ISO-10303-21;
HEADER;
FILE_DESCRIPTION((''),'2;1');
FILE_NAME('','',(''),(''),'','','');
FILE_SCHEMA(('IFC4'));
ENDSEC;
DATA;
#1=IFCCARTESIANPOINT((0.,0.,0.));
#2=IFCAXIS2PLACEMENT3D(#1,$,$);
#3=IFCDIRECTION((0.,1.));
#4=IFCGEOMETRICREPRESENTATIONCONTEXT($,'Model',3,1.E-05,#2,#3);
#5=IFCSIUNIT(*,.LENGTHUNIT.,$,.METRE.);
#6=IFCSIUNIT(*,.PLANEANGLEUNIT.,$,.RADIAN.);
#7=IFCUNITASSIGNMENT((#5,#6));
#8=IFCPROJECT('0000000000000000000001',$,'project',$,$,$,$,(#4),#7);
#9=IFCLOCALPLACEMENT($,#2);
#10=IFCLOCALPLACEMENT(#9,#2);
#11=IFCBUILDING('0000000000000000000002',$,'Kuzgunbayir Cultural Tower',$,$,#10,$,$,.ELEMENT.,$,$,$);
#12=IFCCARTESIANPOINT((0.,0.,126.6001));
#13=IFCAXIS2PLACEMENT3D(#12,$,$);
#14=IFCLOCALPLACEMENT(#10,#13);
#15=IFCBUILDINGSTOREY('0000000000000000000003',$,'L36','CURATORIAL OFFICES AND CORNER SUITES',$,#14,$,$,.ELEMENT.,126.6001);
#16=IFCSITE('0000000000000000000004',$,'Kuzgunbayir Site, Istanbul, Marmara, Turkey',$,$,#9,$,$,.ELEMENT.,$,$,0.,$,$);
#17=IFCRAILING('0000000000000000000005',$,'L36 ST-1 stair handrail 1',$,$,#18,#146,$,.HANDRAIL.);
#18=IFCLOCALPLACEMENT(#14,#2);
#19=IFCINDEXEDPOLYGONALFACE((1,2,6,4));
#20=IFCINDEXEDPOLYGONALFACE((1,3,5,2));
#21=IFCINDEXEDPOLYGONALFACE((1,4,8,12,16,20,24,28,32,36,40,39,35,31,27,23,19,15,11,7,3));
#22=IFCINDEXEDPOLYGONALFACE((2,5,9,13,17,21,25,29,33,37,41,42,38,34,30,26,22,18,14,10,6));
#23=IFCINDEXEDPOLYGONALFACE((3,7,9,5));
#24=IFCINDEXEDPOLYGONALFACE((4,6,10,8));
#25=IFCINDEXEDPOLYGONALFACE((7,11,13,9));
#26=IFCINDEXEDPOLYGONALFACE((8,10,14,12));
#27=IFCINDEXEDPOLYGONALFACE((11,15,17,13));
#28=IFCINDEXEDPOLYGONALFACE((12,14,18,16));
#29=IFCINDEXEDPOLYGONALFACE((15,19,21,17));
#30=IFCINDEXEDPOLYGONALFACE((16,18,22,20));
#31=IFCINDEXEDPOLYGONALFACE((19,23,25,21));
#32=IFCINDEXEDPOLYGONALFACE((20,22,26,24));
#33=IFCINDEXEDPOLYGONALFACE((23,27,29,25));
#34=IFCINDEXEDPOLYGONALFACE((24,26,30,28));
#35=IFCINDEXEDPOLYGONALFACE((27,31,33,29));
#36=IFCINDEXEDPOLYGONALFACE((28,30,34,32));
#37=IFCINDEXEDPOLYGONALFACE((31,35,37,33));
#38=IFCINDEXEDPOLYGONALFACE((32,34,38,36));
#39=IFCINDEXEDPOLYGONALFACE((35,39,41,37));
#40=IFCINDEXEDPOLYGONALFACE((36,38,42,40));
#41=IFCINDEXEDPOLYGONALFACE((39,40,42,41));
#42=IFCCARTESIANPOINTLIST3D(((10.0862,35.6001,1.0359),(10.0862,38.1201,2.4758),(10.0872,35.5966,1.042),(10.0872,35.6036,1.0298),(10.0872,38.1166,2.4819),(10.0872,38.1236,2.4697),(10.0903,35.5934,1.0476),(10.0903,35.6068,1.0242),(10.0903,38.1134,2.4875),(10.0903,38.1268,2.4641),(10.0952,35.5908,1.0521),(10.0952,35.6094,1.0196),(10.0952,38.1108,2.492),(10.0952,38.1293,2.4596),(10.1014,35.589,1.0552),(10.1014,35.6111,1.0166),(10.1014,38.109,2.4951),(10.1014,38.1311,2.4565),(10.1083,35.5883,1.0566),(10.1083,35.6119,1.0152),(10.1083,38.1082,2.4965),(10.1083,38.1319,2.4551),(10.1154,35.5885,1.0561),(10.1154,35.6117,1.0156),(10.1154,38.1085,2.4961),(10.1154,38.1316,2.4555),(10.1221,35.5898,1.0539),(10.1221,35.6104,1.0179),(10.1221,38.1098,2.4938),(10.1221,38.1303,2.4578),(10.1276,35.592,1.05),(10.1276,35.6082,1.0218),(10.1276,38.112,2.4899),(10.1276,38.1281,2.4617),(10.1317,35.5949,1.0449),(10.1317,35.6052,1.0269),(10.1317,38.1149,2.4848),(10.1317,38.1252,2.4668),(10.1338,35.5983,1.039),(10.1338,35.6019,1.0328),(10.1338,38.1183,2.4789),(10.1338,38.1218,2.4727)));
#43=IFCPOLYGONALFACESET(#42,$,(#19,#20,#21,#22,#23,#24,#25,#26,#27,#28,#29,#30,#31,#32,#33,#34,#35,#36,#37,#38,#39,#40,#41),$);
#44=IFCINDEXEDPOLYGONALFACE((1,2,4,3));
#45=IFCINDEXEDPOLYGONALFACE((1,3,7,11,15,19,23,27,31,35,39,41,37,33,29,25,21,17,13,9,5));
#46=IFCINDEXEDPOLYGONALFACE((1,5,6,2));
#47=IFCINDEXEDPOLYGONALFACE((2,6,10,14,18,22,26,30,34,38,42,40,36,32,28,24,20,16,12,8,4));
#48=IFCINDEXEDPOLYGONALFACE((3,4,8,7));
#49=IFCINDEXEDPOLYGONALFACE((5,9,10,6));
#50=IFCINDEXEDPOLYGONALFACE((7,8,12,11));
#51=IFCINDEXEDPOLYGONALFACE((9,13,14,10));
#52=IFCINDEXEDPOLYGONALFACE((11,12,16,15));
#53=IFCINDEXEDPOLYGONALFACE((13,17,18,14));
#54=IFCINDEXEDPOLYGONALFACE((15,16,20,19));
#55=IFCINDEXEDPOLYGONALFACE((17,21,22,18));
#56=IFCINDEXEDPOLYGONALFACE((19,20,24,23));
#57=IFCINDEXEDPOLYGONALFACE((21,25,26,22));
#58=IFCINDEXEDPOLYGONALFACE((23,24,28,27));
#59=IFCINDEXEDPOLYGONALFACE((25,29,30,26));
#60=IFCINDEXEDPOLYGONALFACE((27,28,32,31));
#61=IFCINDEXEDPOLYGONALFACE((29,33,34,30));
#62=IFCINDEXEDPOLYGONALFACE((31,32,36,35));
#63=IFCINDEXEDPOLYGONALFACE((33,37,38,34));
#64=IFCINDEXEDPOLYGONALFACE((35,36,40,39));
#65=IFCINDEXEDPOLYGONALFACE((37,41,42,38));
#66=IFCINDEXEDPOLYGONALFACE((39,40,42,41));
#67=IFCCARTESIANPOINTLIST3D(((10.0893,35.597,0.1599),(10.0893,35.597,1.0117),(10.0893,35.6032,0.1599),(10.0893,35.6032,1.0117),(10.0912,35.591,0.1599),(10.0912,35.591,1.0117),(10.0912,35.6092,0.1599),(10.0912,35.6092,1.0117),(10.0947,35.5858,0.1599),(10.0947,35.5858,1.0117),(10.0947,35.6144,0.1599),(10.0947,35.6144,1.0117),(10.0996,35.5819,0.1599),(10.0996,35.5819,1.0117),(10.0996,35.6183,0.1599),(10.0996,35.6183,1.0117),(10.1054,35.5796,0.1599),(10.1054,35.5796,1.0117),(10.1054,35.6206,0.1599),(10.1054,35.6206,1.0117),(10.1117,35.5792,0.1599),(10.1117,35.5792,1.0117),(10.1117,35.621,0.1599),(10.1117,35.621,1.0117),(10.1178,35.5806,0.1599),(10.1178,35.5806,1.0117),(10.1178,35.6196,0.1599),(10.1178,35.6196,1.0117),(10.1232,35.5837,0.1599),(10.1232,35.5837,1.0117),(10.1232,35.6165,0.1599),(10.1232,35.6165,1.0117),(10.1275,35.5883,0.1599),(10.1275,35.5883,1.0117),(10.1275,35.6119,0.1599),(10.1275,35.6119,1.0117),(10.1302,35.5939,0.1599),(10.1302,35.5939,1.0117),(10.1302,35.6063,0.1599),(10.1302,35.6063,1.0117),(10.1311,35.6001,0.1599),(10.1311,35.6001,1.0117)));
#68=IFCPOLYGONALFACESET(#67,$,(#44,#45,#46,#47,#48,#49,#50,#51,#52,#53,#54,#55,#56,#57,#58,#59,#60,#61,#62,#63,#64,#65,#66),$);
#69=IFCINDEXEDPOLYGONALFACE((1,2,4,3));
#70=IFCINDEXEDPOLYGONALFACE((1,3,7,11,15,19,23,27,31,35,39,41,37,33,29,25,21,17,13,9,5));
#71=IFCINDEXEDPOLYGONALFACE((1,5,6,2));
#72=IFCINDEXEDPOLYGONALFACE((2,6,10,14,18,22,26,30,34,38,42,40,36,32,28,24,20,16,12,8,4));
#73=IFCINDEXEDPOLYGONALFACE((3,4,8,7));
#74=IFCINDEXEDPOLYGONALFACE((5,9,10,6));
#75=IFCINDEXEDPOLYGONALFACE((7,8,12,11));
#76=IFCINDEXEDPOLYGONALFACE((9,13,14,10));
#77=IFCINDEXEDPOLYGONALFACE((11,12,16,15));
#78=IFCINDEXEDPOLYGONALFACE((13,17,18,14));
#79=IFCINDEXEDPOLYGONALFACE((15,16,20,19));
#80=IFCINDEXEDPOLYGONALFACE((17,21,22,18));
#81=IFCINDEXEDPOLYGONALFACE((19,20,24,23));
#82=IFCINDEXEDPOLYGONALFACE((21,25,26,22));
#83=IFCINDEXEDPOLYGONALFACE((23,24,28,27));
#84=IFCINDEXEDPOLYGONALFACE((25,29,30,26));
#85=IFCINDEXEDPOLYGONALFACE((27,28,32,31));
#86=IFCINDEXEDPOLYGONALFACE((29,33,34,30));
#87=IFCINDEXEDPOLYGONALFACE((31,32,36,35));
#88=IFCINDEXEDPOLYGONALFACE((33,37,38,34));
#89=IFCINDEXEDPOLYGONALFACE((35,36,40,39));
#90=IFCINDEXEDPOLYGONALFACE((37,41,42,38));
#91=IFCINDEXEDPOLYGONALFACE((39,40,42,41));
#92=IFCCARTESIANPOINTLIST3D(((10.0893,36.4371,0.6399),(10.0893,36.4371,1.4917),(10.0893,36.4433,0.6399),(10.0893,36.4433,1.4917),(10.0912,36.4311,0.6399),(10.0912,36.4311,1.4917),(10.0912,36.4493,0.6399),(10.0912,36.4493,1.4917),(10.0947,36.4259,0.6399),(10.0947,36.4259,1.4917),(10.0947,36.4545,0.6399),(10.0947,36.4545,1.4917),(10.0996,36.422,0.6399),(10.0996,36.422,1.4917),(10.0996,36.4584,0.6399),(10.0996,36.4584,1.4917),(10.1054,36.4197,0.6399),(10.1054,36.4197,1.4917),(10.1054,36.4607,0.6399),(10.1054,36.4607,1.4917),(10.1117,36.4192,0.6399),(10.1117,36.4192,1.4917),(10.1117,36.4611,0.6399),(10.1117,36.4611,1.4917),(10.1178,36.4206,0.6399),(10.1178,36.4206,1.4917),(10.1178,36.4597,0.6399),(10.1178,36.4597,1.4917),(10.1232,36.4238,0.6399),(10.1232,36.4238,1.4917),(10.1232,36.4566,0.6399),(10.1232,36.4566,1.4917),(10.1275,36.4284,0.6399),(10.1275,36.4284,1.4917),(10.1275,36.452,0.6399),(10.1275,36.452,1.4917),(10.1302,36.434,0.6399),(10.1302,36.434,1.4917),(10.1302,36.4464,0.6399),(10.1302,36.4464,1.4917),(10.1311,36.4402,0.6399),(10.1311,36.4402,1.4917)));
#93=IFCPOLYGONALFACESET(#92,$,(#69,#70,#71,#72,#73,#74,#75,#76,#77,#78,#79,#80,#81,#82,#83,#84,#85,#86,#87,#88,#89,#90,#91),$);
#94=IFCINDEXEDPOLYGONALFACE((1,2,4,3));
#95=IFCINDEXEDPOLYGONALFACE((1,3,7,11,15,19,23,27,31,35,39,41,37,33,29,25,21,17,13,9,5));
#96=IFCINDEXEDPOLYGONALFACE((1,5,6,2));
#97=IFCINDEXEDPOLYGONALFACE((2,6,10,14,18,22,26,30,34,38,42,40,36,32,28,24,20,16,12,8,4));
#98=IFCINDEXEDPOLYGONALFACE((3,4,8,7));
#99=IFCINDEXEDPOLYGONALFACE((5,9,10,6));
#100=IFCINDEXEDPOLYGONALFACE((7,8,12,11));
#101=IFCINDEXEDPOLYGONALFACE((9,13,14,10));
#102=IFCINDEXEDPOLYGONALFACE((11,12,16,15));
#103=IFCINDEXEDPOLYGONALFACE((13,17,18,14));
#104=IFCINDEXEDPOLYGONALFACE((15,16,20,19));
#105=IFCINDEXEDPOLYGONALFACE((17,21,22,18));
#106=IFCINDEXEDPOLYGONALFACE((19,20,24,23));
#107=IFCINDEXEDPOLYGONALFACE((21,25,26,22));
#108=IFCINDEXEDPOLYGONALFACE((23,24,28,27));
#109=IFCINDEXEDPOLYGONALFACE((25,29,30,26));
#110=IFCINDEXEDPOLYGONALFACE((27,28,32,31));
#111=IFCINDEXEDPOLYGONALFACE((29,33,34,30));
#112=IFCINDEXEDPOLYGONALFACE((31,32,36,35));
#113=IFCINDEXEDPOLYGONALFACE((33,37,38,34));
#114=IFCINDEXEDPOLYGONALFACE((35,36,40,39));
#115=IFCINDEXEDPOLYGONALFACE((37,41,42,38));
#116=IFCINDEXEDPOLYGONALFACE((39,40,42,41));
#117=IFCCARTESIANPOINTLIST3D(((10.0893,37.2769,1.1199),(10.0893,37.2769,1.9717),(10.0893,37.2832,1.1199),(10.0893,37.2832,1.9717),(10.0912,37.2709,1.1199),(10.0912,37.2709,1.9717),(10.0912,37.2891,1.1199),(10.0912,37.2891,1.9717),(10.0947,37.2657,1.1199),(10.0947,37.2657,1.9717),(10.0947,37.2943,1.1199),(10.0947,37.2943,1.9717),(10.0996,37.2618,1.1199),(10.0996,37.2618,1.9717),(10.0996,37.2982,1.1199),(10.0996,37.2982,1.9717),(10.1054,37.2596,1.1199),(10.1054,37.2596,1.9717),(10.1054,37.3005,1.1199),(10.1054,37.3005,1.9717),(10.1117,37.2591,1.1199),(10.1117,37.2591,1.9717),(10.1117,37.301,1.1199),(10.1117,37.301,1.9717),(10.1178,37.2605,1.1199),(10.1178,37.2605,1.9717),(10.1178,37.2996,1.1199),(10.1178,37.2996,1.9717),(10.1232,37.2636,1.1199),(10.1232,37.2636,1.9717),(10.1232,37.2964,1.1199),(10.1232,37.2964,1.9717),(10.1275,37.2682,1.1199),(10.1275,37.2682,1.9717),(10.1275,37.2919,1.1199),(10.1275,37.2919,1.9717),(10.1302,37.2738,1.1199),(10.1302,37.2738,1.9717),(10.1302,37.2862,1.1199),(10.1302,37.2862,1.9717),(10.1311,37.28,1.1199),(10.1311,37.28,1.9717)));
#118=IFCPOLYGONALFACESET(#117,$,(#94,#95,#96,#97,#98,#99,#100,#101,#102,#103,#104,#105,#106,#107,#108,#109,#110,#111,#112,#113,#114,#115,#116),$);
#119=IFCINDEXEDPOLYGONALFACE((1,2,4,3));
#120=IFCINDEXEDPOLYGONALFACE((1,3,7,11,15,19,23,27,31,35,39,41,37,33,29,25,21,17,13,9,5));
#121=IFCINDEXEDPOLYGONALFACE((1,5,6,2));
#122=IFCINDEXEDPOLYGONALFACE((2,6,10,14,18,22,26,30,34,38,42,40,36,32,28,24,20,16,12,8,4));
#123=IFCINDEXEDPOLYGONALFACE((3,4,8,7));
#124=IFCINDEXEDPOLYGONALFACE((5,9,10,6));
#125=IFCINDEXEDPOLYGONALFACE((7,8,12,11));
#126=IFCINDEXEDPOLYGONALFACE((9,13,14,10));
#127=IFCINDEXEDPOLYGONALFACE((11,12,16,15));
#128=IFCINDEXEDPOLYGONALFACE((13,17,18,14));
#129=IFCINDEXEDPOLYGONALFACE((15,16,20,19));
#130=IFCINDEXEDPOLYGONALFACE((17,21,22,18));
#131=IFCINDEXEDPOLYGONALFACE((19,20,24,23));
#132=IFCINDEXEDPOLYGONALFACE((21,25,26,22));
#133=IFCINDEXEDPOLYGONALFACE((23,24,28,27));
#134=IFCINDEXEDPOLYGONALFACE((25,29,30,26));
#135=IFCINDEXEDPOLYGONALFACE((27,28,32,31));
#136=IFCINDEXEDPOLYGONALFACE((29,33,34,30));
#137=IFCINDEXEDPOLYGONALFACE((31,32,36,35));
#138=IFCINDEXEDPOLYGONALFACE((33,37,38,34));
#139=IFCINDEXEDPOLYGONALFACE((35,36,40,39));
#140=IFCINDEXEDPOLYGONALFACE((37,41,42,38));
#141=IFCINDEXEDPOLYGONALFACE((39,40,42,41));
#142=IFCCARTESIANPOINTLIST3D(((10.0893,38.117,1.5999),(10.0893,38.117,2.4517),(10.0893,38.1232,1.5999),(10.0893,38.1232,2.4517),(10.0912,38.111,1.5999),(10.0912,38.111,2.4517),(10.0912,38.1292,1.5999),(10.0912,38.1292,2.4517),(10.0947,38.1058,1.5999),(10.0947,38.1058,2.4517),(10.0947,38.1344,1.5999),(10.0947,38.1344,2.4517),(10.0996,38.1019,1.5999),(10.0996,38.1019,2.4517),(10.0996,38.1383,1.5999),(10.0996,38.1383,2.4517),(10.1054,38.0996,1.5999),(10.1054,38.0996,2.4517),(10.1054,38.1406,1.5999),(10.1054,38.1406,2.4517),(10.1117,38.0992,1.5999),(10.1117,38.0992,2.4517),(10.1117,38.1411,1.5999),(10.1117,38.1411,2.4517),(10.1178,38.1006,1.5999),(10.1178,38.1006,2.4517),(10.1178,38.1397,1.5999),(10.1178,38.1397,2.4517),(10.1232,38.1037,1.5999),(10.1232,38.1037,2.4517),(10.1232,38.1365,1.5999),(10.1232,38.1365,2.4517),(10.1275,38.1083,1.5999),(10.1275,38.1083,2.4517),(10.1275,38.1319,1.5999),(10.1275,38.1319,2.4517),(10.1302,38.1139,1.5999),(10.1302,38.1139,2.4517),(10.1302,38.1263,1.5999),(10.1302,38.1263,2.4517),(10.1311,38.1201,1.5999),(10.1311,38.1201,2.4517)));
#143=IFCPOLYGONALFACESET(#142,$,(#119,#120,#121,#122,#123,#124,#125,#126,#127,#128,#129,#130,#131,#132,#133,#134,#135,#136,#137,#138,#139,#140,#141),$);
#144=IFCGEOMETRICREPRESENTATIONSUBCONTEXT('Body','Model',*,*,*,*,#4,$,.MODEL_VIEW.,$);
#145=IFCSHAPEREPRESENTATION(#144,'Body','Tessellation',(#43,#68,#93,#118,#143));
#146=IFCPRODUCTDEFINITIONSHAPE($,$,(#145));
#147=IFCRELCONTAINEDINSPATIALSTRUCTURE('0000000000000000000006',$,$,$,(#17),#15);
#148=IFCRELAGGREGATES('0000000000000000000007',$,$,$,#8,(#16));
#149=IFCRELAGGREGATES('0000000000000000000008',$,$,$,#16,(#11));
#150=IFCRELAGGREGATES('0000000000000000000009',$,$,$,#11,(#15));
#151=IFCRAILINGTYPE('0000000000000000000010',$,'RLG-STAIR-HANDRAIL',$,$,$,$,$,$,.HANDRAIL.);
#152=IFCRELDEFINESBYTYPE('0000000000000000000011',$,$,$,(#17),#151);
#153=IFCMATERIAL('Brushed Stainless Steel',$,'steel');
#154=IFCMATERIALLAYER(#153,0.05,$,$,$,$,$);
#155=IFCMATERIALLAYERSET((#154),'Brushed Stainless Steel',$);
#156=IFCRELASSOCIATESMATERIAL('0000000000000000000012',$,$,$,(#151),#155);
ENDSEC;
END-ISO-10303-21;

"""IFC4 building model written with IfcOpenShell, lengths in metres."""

from ifc_helpers import new_model, si_unit, direction, frame, origin, origin_2d, place, context, subcontext, project, spatial, circle, extrude, material, layer, layer_set, type_object, element, save


model = new_model("IFC4")

# Units and contexts
model_context = context("Model", 3, precision=1e-05, world=origin(), true_north=direction((0.0, 1.0)))
body_context = subcontext(model_context, "Body", "Model", "MODEL_VIEW")
ifc_project = project(units=[si_unit("LENGTHUNIT", "METRE"), si_unit("PLANEANGLEUNIT", "RADIAN")], contexts=[model_context])

# Site, building, storey
site_placement = place(None, origin())
site = spatial("IfcSite", under=ifc_project, at=site_placement, Name="Kuzgunbayir Site, Istanbul, Marmara, Turkey", CompositionType="ELEMENT", RefElevation=0.0)
building_placement = place(site_placement, origin())
building = spatial("IfcBuilding", under=site, at=building_placement, Name="Kuzgunbayir Cultural Tower", CompositionType="ELEMENT")
storey_placement = place(building_placement, frame((0.0, 0.0, 126.6001)))
storey = spatial("IfcBuildingStorey", under=building, at=storey_placement, Name="L36", Description="CURATORIAL OFFICES AND CORNER SUITES", CompositionType="ELEMENT", Elevation=126.6001)

# Shared definitions
ifc_material_1 = material(Name="Brushed Stainless Steel", Category="steel")

# Railing
ifc_layer_1 = layer(ifc_material_1, 0.05)
ifc_layer_set_1 = layer_set([ifc_layer_1], Name="Brushed Stainless Steel")
railing_type_1 = type_object("IfcRailingType", Name="RLG-STAIR-HANDRAIL", PredefinedType="HANDRAIL", material=ifc_layer_set_1)
railing_1_placement = place(storey_placement, frame((10.1101, 35.6001, 0.1599)))
element("IfcRailing", 1, at=railing_1_placement, inside=storey, type_object=railing_type_1, Name="L36 ST-1 stair handrail 1", PredefinedType="HANDRAIL", context=body_context, shape_type="SweptSolid", body=[
    extrude(circle(Radius=0.0239, at=origin_2d()), frame((0.0, 0.0, 0.876), z_axis=(0.0, 0.868253, 0.496121), x_axis=(-1.0, 0.0, 0.0)), (0.0, 0.0, 1.0), 2.9023),
    extrude(circle(Radius=0.021, at=origin_2d()), origin(), (0.0, 0.0, 1.0), 0.8518),
    extrude(circle(Radius=0.021, at=origin_2d()), frame((0.0, 0.8401, 0.48)), (0.0, 0.0, 1.0), 0.8518),
    extrude(circle(Radius=0.021, at=origin_2d()), frame((0.0, 1.6799, 0.96)), (0.0, 0.0, 1.0), 0.8518),
    extrude(circle(Radius=0.021, at=origin_2d()), frame((0.0, 2.52, 1.4399)), (0.0, 0.0, 1.0), 0.8518),
])

save(model, "model.ifc")
